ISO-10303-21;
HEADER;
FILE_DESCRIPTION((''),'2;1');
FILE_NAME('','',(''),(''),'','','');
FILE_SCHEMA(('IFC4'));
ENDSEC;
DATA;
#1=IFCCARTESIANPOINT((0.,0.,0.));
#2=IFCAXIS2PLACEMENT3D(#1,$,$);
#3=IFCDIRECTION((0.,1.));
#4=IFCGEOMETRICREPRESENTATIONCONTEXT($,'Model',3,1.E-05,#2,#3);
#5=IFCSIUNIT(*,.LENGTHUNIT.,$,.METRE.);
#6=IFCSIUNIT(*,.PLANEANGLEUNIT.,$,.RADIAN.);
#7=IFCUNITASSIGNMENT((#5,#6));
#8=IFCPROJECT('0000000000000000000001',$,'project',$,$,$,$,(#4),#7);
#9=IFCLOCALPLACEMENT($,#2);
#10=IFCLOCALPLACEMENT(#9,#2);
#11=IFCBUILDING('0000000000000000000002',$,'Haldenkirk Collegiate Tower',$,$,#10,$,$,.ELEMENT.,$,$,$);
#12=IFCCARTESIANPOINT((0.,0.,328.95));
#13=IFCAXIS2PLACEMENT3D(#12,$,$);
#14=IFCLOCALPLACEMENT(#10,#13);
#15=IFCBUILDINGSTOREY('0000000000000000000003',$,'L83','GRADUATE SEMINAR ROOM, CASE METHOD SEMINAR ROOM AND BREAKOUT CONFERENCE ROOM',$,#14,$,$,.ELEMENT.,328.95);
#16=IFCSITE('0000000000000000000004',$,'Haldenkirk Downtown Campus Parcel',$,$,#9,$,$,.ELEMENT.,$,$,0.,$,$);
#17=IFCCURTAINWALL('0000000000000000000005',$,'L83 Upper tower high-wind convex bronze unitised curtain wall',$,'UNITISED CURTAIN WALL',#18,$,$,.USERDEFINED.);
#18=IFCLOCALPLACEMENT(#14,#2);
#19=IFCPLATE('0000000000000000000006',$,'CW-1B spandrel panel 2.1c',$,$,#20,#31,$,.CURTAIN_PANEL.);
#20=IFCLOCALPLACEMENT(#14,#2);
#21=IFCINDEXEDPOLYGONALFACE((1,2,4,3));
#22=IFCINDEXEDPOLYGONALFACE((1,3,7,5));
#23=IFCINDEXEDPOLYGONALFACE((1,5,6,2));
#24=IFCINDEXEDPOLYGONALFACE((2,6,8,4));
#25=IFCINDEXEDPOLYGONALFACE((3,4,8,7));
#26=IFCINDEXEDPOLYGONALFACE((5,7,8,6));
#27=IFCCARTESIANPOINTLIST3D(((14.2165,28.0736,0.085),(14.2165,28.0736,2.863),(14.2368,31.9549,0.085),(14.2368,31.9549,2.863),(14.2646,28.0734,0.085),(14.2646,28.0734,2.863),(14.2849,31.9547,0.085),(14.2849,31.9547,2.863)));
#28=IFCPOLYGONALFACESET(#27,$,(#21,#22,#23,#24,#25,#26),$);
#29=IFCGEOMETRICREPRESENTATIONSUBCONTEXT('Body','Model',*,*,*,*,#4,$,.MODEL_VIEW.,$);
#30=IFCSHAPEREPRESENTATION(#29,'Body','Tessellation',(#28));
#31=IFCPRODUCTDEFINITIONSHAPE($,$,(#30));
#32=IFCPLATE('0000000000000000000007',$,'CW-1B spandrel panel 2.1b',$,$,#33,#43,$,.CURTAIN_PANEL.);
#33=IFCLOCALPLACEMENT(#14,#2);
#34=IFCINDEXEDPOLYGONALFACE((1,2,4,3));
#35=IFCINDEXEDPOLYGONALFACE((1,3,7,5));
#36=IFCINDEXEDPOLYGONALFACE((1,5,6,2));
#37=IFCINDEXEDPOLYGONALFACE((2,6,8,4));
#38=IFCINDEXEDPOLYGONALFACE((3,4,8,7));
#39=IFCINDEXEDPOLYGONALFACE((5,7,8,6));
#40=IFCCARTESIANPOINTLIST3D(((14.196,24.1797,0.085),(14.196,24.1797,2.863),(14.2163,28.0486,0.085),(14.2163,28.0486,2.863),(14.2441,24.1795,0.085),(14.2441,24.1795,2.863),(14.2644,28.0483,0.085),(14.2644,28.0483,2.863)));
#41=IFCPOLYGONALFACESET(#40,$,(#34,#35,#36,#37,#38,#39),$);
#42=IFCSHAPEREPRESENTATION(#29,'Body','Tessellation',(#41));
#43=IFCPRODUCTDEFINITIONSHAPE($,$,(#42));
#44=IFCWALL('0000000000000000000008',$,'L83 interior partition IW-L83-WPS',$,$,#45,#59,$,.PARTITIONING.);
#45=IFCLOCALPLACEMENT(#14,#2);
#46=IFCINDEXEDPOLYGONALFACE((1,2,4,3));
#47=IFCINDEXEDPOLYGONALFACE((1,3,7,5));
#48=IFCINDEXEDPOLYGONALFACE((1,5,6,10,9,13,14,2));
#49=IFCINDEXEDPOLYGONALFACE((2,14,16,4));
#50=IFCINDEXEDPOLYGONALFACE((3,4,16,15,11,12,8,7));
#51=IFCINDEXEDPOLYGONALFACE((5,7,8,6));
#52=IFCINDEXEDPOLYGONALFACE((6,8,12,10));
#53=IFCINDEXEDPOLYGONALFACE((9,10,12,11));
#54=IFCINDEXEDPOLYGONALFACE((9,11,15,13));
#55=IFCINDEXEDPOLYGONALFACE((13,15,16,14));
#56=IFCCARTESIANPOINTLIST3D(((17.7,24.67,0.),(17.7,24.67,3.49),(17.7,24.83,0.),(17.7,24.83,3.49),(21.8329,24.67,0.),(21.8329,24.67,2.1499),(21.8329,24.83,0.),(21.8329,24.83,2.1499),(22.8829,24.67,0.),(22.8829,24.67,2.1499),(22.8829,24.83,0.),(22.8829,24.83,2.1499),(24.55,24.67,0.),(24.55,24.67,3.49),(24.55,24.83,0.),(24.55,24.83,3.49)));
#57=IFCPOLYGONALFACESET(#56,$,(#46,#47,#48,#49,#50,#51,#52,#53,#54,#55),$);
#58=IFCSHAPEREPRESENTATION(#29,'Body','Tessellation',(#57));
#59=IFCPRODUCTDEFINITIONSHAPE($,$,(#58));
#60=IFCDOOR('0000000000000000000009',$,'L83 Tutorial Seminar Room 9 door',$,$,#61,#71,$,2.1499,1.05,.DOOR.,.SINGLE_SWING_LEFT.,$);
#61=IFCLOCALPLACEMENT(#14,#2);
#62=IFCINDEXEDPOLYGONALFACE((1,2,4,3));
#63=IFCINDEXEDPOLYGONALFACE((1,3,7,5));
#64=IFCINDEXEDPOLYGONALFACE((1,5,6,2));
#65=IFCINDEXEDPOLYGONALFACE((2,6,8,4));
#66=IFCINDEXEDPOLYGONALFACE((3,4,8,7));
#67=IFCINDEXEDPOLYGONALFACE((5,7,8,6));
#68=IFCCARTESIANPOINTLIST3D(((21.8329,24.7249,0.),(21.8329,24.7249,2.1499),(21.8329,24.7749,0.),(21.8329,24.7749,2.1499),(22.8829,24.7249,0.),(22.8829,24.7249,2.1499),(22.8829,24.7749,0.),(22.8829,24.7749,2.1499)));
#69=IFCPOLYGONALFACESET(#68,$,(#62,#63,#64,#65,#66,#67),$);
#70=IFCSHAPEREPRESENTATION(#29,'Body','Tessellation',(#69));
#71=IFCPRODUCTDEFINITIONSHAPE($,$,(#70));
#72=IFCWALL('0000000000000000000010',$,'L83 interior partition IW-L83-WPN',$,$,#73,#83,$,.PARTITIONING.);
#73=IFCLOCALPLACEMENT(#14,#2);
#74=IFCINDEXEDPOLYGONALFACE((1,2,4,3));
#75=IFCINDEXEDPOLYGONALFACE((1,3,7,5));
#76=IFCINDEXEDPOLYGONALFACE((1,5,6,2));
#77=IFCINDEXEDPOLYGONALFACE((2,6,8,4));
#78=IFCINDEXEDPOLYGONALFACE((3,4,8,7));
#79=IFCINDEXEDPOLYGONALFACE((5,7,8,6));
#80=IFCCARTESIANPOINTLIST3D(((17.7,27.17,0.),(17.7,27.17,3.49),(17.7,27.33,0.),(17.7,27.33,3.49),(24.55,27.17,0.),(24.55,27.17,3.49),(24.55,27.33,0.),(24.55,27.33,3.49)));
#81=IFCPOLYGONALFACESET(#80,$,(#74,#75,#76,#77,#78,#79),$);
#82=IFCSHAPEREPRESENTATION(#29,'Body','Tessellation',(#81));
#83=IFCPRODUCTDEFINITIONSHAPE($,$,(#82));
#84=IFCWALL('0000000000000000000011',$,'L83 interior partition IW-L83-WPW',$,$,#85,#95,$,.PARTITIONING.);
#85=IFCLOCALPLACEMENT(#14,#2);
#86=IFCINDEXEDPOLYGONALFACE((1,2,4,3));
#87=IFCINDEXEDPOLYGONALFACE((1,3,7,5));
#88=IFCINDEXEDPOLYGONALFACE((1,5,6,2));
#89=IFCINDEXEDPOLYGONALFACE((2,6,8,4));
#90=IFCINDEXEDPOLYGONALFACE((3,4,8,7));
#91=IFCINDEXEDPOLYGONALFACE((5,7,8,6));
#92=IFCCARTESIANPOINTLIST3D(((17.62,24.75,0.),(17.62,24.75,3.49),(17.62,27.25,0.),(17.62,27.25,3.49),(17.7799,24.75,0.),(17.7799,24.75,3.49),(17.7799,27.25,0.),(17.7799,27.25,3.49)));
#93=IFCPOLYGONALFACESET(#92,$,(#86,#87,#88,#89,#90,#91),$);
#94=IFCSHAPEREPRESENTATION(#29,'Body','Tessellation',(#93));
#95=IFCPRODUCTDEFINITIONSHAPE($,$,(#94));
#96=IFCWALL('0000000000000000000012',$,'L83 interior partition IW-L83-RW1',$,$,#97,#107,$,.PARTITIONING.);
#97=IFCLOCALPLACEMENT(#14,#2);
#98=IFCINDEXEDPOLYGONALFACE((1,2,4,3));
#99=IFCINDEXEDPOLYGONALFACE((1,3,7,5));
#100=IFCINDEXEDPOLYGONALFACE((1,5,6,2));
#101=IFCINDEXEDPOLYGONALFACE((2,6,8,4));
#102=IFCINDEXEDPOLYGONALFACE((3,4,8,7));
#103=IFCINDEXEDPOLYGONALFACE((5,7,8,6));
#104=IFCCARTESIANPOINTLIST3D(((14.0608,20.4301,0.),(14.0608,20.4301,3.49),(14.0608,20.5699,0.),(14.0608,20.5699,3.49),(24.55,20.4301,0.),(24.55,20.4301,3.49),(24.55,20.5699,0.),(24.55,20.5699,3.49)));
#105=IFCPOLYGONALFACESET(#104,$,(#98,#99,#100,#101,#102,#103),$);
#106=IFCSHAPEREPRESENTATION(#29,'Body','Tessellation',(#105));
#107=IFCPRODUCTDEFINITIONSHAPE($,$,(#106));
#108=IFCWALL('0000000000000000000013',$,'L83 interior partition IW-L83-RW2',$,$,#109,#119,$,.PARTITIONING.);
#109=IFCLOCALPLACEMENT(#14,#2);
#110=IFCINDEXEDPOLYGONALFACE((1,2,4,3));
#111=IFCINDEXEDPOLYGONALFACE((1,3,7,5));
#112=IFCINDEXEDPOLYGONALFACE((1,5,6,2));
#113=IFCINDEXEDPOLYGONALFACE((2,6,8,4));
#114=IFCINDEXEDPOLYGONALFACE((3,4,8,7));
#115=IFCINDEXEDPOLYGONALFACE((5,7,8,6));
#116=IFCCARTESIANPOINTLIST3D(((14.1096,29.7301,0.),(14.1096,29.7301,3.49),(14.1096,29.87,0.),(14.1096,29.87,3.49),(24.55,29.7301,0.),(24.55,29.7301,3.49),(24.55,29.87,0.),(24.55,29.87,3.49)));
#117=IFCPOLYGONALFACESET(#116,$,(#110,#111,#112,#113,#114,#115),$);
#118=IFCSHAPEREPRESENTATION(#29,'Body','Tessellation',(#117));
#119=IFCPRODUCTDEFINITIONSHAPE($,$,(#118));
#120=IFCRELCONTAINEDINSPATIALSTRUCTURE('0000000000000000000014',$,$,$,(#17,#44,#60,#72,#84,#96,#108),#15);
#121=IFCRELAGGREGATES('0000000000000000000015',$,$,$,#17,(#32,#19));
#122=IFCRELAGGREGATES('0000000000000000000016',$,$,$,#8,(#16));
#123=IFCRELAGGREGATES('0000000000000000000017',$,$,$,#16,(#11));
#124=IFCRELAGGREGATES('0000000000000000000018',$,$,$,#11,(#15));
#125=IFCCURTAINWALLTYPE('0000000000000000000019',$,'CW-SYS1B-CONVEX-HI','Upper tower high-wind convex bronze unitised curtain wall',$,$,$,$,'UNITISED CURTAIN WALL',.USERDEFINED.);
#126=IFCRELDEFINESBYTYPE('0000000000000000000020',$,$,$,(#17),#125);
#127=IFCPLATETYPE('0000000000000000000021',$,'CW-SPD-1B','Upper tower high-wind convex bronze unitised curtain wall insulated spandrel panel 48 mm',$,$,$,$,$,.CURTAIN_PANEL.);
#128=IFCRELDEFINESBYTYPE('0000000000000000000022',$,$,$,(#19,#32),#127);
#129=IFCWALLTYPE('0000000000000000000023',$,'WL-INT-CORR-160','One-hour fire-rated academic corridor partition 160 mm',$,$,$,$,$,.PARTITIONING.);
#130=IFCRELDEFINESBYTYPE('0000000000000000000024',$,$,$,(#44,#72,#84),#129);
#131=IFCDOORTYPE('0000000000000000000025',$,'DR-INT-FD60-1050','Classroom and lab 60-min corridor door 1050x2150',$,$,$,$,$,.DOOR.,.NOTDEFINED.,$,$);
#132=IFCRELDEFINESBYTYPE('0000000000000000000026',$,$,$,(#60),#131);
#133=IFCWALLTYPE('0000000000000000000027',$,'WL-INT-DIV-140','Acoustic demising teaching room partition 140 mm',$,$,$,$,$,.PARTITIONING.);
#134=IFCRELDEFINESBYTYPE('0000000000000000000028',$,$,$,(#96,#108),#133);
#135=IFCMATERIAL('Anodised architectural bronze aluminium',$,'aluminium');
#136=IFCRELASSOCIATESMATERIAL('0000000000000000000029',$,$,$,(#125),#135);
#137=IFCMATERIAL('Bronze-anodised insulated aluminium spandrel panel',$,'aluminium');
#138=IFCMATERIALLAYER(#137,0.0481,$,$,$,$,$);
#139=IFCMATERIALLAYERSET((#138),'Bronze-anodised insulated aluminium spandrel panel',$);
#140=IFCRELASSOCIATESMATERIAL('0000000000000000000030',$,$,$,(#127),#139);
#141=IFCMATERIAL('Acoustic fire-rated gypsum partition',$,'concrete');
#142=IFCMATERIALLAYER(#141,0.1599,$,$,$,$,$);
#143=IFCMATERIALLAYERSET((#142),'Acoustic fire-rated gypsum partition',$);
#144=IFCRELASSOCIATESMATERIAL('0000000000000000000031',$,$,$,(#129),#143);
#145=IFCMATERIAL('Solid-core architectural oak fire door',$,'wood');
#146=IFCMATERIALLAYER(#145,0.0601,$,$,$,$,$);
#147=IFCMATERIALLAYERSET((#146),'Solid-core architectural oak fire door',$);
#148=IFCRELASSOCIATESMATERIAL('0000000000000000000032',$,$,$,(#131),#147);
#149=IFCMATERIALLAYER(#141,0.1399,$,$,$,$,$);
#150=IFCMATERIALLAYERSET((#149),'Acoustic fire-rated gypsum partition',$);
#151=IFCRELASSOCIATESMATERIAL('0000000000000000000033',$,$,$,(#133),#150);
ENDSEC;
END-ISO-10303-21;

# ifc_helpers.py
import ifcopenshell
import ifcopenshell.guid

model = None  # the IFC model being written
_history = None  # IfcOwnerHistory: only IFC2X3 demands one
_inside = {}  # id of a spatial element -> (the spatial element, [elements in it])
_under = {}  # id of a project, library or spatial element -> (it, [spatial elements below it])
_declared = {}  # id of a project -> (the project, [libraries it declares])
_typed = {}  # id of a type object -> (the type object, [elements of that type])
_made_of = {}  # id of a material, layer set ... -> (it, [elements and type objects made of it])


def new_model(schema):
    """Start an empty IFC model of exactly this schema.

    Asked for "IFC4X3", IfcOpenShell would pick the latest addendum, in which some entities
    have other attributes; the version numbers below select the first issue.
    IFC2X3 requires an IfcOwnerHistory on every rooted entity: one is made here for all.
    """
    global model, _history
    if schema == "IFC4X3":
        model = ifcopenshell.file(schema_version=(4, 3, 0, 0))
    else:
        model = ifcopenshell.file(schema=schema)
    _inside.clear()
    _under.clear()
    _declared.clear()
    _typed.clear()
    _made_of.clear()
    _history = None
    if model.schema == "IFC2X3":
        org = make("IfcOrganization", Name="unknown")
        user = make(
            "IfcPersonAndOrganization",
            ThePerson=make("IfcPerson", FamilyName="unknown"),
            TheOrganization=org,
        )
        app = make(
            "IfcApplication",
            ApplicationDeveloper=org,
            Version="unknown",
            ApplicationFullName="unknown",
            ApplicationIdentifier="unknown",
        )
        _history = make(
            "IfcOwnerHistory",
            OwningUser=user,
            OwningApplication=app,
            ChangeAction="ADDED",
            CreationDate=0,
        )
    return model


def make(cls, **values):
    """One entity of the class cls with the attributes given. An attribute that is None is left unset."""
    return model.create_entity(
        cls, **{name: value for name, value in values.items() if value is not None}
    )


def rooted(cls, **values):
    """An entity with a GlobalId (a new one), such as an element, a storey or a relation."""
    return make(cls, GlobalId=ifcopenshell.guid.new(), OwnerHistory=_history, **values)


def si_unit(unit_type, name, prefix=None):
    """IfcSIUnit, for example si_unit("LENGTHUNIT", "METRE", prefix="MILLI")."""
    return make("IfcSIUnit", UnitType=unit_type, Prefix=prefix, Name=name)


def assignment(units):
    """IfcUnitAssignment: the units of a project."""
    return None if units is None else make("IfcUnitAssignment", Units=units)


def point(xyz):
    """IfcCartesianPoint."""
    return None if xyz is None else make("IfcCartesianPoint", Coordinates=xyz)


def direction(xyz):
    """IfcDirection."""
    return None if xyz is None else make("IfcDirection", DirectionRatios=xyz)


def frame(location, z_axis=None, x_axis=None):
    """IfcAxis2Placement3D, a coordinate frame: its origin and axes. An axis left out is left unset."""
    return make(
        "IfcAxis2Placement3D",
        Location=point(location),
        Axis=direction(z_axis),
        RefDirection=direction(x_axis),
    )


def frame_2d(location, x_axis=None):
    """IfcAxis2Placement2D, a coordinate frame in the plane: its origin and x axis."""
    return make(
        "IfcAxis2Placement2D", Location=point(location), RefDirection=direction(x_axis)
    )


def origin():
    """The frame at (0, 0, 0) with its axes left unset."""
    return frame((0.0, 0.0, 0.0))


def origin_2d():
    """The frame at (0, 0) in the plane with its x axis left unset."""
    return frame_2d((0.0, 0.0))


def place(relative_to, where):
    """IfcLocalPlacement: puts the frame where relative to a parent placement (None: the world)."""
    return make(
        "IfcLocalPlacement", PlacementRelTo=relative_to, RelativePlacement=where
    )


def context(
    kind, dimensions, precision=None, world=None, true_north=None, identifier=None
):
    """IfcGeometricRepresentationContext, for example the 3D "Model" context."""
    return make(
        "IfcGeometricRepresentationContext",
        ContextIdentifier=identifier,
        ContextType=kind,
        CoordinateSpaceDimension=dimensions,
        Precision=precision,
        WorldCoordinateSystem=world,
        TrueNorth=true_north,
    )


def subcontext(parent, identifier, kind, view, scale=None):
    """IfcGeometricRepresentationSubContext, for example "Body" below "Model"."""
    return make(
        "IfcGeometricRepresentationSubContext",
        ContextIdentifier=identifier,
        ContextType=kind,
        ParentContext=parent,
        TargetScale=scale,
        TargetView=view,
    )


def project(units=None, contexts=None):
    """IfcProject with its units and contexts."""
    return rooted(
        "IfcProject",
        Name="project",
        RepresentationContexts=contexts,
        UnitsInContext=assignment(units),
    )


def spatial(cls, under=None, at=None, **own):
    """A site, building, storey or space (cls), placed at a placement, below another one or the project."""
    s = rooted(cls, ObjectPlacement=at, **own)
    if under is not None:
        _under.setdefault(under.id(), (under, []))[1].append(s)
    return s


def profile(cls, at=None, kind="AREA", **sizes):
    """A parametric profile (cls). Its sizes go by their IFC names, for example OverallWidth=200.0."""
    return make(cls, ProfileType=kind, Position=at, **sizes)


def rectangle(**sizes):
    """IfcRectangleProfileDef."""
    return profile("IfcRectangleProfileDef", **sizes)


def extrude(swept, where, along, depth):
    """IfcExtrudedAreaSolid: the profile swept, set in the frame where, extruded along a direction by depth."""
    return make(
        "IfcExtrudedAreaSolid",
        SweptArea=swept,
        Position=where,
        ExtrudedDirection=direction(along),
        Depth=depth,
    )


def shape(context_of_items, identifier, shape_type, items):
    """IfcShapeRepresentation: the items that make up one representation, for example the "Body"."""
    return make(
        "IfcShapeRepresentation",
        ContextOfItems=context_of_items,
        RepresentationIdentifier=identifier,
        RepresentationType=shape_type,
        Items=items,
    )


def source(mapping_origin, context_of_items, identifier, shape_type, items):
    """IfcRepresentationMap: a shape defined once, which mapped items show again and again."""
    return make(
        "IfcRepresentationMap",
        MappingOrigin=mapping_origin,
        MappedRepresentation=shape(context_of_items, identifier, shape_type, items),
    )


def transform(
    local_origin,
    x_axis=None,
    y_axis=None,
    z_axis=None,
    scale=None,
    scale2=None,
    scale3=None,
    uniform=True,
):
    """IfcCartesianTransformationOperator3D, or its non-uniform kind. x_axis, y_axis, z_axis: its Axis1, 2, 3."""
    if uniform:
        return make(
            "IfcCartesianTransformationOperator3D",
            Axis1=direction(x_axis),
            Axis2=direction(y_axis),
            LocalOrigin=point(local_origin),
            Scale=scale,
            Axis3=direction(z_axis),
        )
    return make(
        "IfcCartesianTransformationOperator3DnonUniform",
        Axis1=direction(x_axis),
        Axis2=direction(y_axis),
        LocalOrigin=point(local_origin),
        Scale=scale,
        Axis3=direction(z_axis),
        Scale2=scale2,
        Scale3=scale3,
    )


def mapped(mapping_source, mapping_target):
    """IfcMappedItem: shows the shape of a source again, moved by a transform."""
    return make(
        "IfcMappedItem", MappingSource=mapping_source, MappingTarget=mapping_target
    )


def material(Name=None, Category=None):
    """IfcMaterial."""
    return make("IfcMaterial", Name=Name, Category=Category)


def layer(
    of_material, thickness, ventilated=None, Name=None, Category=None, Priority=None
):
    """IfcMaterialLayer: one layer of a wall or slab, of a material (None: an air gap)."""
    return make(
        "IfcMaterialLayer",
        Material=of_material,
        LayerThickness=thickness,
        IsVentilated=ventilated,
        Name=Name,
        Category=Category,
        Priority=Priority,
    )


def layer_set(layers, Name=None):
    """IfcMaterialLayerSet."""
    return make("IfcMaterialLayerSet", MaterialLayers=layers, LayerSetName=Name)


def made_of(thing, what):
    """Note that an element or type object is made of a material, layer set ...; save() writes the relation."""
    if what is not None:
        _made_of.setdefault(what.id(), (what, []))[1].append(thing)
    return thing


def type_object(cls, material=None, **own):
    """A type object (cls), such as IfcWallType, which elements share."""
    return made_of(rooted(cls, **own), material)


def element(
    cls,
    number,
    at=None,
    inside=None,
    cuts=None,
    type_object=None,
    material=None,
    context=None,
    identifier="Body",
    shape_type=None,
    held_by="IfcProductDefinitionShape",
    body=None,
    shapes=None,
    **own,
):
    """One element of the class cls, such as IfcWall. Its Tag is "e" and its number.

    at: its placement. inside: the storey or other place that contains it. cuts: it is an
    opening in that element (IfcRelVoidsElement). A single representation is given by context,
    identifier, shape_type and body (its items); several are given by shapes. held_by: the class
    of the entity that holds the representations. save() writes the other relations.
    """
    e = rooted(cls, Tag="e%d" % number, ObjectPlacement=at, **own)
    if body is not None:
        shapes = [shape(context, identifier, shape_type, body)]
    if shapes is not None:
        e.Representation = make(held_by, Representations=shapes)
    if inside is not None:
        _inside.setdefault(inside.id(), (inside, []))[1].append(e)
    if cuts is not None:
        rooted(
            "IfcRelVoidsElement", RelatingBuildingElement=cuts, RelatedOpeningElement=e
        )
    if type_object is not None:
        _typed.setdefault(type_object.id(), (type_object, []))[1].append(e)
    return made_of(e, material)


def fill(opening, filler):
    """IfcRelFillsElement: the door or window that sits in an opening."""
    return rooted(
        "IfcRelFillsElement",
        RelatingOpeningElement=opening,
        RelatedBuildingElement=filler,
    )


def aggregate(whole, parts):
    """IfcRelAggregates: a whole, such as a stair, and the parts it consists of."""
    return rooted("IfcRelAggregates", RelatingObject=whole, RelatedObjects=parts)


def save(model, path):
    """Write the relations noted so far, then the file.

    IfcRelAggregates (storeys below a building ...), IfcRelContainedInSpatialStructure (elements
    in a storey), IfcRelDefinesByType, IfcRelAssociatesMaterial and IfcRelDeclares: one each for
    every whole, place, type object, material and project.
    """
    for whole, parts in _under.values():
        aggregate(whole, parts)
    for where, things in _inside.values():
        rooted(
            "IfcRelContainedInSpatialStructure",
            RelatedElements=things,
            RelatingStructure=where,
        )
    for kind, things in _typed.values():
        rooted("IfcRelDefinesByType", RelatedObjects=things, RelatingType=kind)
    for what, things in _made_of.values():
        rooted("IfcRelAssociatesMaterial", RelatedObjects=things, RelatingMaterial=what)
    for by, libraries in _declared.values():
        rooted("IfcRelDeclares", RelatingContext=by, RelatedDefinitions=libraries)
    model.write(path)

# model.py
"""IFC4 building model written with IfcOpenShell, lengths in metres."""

from ifc_helpers import new_model, si_unit, direction, frame, frame_2d, origin, origin_2d, place, context, subcontext, project, spatial, rectangle, extrude, source, transform, mapped, material, layer, layer_set, type_object, element, fill, aggregate, save


model = new_model("IFC4")

# Units and contexts
model_context = context("Model", 3, precision=1e-05, world=origin(), true_north=direction((0.0, 1.0)))
body_context = subcontext(model_context, "Body", "Model", "MODEL_VIEW")
ifc_project = project(units=[si_unit("LENGTHUNIT", "METRE"), si_unit("PLANEANGLEUNIT", "RADIAN")], contexts=[model_context])

# Site, building, storey
site_placement = place(None, origin())
site = spatial("IfcSite", under=ifc_project, at=site_placement, Name="Haldenkirk Downtown Campus Parcel", CompositionType="ELEMENT", RefElevation=0.0)
building_placement = place(site_placement, origin())
building = spatial("IfcBuilding", under=site, at=building_placement, Name="Haldenkirk Collegiate Tower", CompositionType="ELEMENT")
storey_placement = place(building_placement, frame((0.0, 0.0, 328.95)))
storey = spatial("IfcBuildingStorey", under=building, at=storey_placement, Name="L83", Description="GRADUATE SEMINAR ROOM, CASE METHOD SEMINAR ROOM AND BREAKOUT CONFERENCE ROOM", CompositionType="ELEMENT", Elevation=328.95)

# Curtain wall
ifc_material_1 = material(Name="Anodised architectural bronze aluminium", Category="aluminium")
curtain_wall_type = type_object("IfcCurtainWallType", Name="CW-SYS1B-CONVEX-HI", Description="Upper tower high-wind convex bronze unitised curtain wall", ElementType="UNITISED CURTAIN WALL", PredefinedType="USERDEFINED", material=ifc_material_1)
curtain_wall_placement = place(storey_placement, origin())
curtain_wall = element("IfcCurtainWall", 1, at=curtain_wall_placement, inside=storey, type_object=curtain_wall_type, Name="L83 Upper tower high-wind convex bronze unitised curtain wall", ObjectType="UNITISED CURTAIN WALL", PredefinedType="USERDEFINED")

# Plates
ifc_material_2 = material(Name="Bronze-anodised insulated aluminium spandrel panel", Category="aluminium")
ifc_layer_1 = layer(ifc_material_2, 0.0481)
ifc_layer_set_1 = layer_set([ifc_layer_1], Name="Bronze-anodised insulated aluminium spandrel panel")
plate_type_1 = type_object("IfcPlateType", Name="CW-SPD-1B", Description="Upper tower high-wind convex bronze unitised curtain wall insulated spandrel panel 48 mm", PredefinedType="CURTAIN_PANEL", material=ifc_layer_set_1)
shared_shape_1 = source(origin(), body_context, "Body", "SweptSolid", [
    extrude(rectangle(XDim=3.8813, YDim=0.0481, at=origin_2d()), origin(), (0.0, 0.0, 1.0), 2.7781),
])
plate_1_placement = place(storey_placement, frame((14.2507, 30.0142, 0.085), z_axis=(0.0, 0.0, 1.0), x_axis=(0.005235, 0.999986, 0.0)))
plate_1 = element("IfcPlate", 2, at=plate_1_placement, type_object=plate_type_1, Name="CW-1B spandrel panel 2.1c", PredefinedType="CURTAIN_PANEL", context=body_context, shape_type="MappedRepresentation", body=[
    mapped(shared_shape_1, transform((0.0, 0.0, 0.0), x_axis=(1.0, 0.0, 0.0), y_axis=(0.0, 1.0, 0.0), z_axis=(0.0, 0.0, 1.0), scale=1.0)),
])
shared_shape_2 = source(origin(), body_context, "Body", "SweptSolid", [
    extrude(rectangle(XDim=3.8689, YDim=0.0481, at=origin_2d()), origin(), (0.0, 0.0, 1.0), 2.7781),
])
plate_2_placement = place(storey_placement, frame((14.2302, 26.114, 0.085), z_axis=(0.0, 0.0, 1.0), x_axis=(0.005235, 0.999986, 0.0)))
plate_2 = element("IfcPlate", 3, at=plate_2_placement, type_object=plate_type_1, Name="CW-1B spandrel panel 2.1b", PredefinedType="CURTAIN_PANEL", context=body_context, shape_type="MappedRepresentation", body=[
    mapped(shared_shape_2, transform((0.0, 0.0, 0.0), x_axis=(1.0, 0.0, 0.0), y_axis=(0.0, 1.0, 0.0), z_axis=(0.0, 0.0, 1.0), scale=1.0)),
])
aggregate(curtain_wall, [plate_2, plate_1])

# Wall, opening, door
ifc_material_3 = material(Name="Acoustic fire-rated gypsum partition", Category="concrete")
ifc_layer_2 = layer(ifc_material_3, 0.1599)
ifc_layer_set_2 = layer_set([ifc_layer_2], Name="Acoustic fire-rated gypsum partition")
wall_type_1 = type_object("IfcWallType", Name="WL-INT-CORR-160", Description="One-hour fire-rated academic corridor partition 160 mm", PredefinedType="PARTITIONING", material=ifc_layer_set_2)
wall_1_placement = place(storey_placement, frame((17.7, 24.75, 0.0), z_axis=(0.0, 0.0, 1.0), x_axis=(1.0, 0.0, 0.0)))
wall_1 = element("IfcWall", 4, at=wall_1_placement, inside=storey, type_object=wall_type_1, Name="L83 interior partition IW-L83-WPS", PredefinedType="PARTITIONING", context=body_context, shape_type="SweptSolid", body=[
    extrude(rectangle(XDim=6.8501, YDim=0.1599, at=frame_2d((3.425, 0.0))), origin(), (0.0, 0.0, 1.0), 3.49),
])
opening_placement = place(wall_1_placement, frame((4.1331, 0.0, 0.0)))
opening = element("IfcOpeningElement", 5, at=opening_placement, cuts=wall_1, PredefinedType="OPENING", context=body_context, shape_type="SweptSolid", body=[
    extrude(rectangle(XDim=1.05, YDim=2.1499, at=frame_2d((0.5249, 1.075))), frame((0.0, 0.0898, 0.0), z_axis=(0.0, -1.0, 0.0), x_axis=(1.0, 0.0, 0.0)), (0.0, 0.0, 1.0), 0.1799),
])
ifc_material_4 = material(Name="Solid-core architectural oak fire door", Category="wood")
ifc_layer_3 = layer(ifc_material_4, 0.0601)
ifc_layer_set_3 = layer_set([ifc_layer_3], Name="Solid-core architectural oak fire door")
door_type = type_object("IfcDoorType", Name="DR-INT-FD60-1050", Description="Classroom and lab 60-min corridor door 1050x2150", OperationType="NOTDEFINED", PredefinedType="DOOR", material=ifc_layer_set_3)
door_placement = place(opening_placement, origin())
door = element("IfcDoor", 6, at=door_placement, inside=storey, type_object=door_type, Name="L83 Tutorial Seminar Room 9 door", OperationType="SINGLE_SWING_LEFT", OverallHeight=2.1499, OverallWidth=1.05, PredefinedType="DOOR", context=body_context, shape_type="SweptSolid", body=[
    extrude(rectangle(XDim=1.05, YDim=2.1499, at=frame_2d((0.5249, 1.075))), frame((0.0, 0.0249, 0.0), z_axis=(0.0, -1.0, 0.0), x_axis=(1.0, 0.0, 0.0)), (0.0, 0.0, 1.0), 0.05),
])
fill(opening, door)

# Walls
wall_2_placement = place(storey_placement, frame((17.7, 27.25, 0.0), z_axis=(0.0, 0.0, 1.0), x_axis=(1.0, 0.0, 0.0)))
element("IfcWall", 7, at=wall_2_placement, inside=storey, type_object=wall_type_1, Name="L83 interior partition IW-L83-WPN", PredefinedType="PARTITIONING", context=body_context, shape_type="SweptSolid", body=[
    extrude(rectangle(XDim=6.8501, YDim=0.1599, at=frame_2d((3.425, 0.0))), origin(), (0.0, 0.0, 1.0), 3.49),
])
wall_3_placement = place(storey_placement, frame((17.7, 24.75, 0.0), z_axis=(0.0, 0.0, 1.0), x_axis=(0.0, 1.0, 0.0)))
element("IfcWall", 8, at=wall_3_placement, inside=storey, type_object=wall_type_1, Name="L83 interior partition IW-L83-WPW", PredefinedType="PARTITIONING", context=body_context, shape_type="SweptSolid", body=[
    extrude(rectangle(XDim=2.5, YDim=0.1599, at=frame_2d((1.25, 0.0))), origin(), (0.0, 0.0, 1.0), 3.49),
])
ifc_layer_4 = layer(ifc_material_3, 0.1399)
ifc_layer_set_4 = layer_set([ifc_layer_4], Name="Acoustic fire-rated gypsum partition")
wall_type_2 = type_object("IfcWallType", Name="WL-INT-DIV-140", Description="Acoustic demising teaching room partition 140 mm", PredefinedType="PARTITIONING", material=ifc_layer_set_4)
wall_4_placement = place(storey_placement, frame((14.0608, 20.5, 0.0), z_axis=(0.0, 0.0, 1.0), x_axis=(1.0, 0.0, 0.0)))
element("IfcWall", 9, at=wall_4_placement, inside=storey, type_object=wall_type_2, Name="L83 interior partition IW-L83-RW1", PredefinedType="PARTITIONING", context=body_context, shape_type="SweptSolid", body=[
    extrude(rectangle(XDim=10.4893, YDim=0.1399, at=frame_2d((5.2446, 0.0))), origin(), (0.0, 0.0, 1.0), 3.49),
])
wall_5_placement = place(storey_placement, frame((14.1096, 29.8, 0.0), z_axis=(0.0, 0.0, 1.0), x_axis=(1.0, 0.0, 0.0)))
element("IfcWall", 10, at=wall_5_placement, inside=storey, type_object=wall_type_2, Name="L83 interior partition IW-L83-RW2", PredefinedType="PARTITIONING", context=body_context, shape_type="SweptSolid", body=[
    extrude(rectangle(XDim=10.4404, YDim=0.1399, at=frame_2d((5.2202, 0.0))), origin(), (0.0, 0.0, 1.0), 3.49),
])

save(model, "model.ifc")
